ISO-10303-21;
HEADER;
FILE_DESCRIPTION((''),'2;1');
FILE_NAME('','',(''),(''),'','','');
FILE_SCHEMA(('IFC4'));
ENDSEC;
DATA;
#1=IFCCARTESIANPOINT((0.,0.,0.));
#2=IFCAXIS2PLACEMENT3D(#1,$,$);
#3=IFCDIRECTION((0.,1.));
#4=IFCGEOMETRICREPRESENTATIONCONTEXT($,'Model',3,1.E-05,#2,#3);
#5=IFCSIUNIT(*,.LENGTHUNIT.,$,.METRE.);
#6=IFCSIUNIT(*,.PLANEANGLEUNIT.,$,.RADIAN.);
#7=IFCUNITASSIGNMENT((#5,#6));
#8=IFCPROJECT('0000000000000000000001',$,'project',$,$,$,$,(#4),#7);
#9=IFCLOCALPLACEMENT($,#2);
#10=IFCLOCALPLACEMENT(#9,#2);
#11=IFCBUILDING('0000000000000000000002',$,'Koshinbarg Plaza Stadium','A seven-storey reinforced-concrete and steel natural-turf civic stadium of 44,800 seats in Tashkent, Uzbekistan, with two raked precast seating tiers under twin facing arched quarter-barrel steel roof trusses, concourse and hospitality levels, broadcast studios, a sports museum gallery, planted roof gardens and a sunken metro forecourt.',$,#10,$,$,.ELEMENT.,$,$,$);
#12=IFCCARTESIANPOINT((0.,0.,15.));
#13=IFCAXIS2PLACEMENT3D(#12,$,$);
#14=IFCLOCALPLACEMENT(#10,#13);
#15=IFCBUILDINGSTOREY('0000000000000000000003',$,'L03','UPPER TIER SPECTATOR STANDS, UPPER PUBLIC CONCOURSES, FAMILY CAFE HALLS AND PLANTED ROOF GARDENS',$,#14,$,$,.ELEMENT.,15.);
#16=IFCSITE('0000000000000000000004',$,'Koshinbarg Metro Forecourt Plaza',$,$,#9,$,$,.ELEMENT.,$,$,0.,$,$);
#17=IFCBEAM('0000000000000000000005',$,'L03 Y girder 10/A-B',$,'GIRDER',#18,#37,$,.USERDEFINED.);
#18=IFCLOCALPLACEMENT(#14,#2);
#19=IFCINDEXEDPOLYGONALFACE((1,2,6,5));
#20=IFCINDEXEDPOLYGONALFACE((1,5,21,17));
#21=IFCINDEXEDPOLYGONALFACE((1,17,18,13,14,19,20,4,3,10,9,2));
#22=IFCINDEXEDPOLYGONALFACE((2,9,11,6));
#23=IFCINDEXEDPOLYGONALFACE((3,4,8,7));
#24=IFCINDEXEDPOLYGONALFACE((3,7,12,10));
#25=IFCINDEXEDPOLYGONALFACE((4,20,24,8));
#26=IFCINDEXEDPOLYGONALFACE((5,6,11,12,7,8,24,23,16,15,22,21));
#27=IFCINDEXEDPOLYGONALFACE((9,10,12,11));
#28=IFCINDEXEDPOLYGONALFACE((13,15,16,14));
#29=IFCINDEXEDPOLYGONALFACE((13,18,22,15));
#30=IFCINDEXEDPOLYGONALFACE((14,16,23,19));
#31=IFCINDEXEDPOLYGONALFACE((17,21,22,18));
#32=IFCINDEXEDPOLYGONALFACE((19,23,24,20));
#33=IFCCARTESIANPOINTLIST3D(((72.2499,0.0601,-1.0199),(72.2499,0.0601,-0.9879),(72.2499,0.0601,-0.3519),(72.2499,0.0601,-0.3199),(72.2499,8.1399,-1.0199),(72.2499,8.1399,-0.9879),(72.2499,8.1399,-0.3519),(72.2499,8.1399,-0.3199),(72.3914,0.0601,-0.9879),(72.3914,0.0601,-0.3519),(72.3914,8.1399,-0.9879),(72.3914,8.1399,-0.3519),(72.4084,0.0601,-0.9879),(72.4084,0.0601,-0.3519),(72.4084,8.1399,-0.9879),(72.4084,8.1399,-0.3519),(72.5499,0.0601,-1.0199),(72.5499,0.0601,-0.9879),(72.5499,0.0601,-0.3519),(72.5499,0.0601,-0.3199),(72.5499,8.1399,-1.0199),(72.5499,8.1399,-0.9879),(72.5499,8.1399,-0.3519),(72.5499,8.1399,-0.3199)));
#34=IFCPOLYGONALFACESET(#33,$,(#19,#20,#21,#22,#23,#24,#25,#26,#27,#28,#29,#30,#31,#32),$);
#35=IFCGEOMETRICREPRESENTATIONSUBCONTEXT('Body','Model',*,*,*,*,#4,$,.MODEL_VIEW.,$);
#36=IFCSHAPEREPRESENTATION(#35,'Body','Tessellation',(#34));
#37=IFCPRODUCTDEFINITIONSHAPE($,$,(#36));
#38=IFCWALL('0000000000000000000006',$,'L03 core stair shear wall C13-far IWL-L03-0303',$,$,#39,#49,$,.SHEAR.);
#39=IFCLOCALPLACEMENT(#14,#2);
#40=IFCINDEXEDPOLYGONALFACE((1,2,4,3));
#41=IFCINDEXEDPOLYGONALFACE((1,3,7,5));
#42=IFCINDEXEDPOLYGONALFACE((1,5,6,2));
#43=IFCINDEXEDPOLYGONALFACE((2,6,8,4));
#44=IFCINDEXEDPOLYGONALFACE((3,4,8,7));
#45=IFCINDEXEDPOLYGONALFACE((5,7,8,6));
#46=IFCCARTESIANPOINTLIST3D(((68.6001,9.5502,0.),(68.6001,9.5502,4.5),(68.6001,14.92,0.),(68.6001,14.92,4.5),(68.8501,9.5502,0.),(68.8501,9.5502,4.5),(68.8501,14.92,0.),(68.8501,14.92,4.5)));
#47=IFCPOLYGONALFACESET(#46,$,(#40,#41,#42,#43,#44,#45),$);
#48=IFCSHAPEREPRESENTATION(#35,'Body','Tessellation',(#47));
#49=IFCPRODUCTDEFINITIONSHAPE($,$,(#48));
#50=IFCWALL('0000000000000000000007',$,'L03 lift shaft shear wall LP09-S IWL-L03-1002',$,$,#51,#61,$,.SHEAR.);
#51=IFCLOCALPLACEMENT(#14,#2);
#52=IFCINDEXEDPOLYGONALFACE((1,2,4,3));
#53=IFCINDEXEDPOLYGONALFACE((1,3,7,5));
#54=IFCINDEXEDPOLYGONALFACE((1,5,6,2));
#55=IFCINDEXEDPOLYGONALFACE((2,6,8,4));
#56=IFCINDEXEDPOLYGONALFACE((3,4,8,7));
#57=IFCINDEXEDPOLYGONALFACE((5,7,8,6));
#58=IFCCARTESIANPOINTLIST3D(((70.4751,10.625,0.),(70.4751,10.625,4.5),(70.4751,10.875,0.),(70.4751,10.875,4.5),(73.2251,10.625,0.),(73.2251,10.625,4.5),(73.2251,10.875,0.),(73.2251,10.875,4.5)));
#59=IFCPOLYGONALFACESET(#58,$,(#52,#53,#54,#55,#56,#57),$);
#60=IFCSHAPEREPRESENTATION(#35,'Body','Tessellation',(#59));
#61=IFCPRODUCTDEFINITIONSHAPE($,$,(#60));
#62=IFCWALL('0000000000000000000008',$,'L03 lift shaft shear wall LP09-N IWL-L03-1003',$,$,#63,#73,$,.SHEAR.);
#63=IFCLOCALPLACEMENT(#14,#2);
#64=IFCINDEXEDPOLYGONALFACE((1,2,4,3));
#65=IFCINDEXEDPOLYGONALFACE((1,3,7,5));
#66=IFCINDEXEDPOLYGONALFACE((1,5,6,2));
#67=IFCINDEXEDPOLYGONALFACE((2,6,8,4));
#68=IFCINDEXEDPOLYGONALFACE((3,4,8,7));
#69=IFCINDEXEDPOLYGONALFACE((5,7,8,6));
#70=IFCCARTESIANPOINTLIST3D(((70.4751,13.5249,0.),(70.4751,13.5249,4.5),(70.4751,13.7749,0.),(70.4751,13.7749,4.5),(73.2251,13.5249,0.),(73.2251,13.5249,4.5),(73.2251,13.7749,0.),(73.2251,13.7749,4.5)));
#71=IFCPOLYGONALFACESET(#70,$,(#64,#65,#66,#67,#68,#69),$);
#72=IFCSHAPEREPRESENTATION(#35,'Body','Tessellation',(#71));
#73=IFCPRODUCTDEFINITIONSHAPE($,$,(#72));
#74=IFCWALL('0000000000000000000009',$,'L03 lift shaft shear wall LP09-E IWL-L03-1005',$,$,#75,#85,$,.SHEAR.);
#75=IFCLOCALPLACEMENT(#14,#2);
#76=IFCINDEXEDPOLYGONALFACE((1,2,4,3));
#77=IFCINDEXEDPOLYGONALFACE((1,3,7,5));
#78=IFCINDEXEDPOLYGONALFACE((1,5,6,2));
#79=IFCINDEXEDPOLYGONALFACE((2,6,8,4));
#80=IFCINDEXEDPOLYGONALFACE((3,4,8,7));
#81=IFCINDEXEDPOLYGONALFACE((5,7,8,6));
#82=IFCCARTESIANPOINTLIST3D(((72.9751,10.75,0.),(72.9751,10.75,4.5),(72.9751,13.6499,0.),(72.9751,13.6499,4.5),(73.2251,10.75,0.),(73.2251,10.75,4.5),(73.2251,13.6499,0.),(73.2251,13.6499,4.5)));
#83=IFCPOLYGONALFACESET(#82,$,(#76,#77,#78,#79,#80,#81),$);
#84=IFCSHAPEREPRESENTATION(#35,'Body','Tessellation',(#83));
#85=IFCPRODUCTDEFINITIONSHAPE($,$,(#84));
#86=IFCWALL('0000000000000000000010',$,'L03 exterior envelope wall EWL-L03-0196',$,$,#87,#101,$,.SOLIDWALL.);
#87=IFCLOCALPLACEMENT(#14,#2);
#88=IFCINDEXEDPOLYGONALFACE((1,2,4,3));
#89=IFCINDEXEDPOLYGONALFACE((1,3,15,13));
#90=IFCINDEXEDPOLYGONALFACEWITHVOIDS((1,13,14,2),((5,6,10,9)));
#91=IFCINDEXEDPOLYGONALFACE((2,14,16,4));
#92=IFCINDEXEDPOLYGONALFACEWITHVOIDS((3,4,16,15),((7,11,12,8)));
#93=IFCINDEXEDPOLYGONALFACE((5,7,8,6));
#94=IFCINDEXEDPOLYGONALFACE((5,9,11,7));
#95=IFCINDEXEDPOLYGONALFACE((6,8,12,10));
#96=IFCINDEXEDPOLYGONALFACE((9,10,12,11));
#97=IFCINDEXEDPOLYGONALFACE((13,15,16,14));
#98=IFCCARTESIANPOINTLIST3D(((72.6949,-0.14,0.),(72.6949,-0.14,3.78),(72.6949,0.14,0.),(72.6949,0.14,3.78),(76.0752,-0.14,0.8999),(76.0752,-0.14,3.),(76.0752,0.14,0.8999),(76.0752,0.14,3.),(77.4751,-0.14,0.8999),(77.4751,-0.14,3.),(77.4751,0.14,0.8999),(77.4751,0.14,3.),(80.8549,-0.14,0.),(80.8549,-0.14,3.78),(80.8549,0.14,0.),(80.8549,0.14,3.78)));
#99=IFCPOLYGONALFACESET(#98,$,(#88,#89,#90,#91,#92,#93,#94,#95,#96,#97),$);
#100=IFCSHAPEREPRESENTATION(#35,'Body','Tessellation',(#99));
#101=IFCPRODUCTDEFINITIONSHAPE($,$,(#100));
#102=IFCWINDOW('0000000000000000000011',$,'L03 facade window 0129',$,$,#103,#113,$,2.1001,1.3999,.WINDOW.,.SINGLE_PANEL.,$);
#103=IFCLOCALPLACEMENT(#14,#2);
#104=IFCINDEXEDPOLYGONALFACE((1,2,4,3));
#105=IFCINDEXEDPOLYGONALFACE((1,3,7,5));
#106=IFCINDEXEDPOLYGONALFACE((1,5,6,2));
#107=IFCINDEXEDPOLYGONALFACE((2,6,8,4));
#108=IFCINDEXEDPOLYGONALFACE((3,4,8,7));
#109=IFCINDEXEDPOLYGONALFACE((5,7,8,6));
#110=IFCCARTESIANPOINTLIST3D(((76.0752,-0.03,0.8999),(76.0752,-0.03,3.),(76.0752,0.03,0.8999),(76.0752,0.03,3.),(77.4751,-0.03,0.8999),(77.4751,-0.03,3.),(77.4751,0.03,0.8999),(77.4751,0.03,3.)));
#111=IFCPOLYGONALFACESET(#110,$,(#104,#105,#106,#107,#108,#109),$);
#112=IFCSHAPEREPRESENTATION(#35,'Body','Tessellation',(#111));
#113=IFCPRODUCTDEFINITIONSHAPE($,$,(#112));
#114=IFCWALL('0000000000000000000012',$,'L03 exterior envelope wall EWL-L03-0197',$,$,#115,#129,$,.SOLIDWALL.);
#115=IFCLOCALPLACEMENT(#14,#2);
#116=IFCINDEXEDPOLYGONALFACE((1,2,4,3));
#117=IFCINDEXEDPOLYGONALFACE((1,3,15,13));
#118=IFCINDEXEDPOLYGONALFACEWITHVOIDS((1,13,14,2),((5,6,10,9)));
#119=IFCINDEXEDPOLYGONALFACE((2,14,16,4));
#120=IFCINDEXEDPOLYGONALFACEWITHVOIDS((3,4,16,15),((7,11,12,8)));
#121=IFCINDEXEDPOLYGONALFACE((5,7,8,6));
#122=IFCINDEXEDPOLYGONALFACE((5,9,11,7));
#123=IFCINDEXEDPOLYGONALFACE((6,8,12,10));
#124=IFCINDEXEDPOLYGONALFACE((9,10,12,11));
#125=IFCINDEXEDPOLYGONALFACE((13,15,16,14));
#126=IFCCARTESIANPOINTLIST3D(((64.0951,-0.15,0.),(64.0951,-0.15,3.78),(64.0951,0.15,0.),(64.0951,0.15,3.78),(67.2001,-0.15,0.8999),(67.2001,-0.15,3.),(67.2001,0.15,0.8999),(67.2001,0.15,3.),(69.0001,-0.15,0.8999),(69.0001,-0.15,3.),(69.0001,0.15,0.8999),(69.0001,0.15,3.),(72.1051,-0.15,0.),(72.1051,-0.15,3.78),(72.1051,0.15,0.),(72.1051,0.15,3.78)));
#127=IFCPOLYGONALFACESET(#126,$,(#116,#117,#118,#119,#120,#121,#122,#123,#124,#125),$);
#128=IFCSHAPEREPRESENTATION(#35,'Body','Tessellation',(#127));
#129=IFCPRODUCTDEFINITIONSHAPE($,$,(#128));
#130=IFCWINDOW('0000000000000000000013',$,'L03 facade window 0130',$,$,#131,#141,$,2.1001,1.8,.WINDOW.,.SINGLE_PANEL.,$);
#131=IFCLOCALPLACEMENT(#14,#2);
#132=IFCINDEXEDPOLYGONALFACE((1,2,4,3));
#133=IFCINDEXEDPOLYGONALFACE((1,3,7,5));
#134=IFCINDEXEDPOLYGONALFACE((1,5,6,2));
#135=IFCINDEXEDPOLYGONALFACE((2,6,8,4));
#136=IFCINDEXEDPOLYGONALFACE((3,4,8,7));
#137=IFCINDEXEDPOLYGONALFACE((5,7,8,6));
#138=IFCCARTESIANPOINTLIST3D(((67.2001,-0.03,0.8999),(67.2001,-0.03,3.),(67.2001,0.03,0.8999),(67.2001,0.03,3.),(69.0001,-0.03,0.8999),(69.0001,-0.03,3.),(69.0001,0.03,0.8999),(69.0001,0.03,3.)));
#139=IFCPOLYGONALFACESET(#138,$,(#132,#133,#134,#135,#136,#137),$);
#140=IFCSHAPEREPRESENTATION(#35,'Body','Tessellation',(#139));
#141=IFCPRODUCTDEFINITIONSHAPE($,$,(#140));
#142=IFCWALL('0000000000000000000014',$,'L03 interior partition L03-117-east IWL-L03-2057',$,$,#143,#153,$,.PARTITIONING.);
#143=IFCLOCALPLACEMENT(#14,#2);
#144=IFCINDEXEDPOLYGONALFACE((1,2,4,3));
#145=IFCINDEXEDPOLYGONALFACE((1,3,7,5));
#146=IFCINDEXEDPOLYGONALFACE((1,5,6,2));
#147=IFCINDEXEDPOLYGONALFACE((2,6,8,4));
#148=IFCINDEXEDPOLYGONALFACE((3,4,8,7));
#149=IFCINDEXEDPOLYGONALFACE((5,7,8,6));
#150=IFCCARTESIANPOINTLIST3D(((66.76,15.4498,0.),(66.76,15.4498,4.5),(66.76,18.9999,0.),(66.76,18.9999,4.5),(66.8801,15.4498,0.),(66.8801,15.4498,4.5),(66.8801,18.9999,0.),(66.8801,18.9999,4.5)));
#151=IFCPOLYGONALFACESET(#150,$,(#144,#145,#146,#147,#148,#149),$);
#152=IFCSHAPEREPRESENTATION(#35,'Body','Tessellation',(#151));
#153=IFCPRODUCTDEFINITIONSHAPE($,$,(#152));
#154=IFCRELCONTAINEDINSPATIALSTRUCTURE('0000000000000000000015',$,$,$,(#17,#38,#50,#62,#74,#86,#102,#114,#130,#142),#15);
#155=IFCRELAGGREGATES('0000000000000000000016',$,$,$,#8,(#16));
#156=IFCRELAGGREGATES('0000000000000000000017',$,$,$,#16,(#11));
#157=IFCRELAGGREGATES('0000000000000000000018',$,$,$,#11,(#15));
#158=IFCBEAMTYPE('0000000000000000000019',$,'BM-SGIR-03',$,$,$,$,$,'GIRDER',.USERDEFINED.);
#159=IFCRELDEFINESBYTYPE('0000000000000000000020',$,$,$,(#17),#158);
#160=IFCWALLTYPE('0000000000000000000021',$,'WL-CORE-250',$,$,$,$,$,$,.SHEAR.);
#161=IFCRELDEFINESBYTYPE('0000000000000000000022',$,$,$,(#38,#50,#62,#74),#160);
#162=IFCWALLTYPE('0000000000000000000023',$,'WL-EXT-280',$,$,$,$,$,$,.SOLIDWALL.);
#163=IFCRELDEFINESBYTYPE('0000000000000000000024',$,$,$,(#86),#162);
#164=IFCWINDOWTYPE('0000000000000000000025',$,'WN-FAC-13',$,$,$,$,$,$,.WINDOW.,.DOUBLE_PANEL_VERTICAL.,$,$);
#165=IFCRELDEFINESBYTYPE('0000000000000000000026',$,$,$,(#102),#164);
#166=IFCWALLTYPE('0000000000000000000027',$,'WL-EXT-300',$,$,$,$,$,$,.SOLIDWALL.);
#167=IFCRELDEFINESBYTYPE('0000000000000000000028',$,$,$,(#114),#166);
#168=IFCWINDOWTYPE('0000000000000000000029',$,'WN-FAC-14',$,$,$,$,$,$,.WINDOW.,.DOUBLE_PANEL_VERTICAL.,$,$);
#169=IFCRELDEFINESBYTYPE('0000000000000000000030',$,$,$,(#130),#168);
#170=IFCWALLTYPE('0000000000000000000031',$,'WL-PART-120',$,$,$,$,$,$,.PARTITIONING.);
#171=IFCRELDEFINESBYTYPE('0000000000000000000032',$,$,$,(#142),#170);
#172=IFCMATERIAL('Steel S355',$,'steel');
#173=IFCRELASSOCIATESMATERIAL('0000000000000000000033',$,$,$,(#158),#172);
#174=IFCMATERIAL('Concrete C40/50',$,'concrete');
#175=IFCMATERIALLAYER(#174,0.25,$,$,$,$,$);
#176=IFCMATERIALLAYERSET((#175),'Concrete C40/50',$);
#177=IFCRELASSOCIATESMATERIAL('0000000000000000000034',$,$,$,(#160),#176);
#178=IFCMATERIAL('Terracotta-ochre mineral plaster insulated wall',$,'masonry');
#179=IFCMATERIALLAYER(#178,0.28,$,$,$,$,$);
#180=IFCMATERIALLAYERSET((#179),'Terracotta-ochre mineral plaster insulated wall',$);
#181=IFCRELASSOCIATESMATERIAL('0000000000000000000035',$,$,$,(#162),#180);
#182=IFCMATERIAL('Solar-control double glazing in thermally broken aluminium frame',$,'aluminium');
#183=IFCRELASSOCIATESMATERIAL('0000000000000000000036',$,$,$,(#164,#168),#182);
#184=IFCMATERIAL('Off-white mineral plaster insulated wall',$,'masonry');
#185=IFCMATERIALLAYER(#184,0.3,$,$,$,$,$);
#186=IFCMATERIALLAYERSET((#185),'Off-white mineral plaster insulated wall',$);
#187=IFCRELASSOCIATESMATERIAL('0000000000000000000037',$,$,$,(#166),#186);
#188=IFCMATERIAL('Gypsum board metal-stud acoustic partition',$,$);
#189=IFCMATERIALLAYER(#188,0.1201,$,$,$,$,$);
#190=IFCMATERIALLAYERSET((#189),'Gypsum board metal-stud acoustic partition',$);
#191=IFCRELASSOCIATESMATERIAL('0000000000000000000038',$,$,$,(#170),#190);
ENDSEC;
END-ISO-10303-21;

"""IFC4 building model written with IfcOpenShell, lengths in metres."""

from ifc_helpers import new_model, si_unit, direction, frame, frame_2d, origin, origin_2d, place, context, subcontext, project, spatial, rectangle, i_section, extrude, material, layer, layer_set, material_profile, profile_set, type_object, element, fill, save


model = new_model("IFC4")

# Units and contexts
model_context = context("Model", 3, precision=1e-05, world=origin(), true_north=direction((0.0, 1.0)))
body_context = subcontext(model_context, "Body", "Model", "MODEL_VIEW")
ifc_project = project(units=[si_unit("LENGTHUNIT", "METRE"), si_unit("PLANEANGLEUNIT", "RADIAN")], contexts=[model_context])

# Site, building, storey
site_placement = place(None, origin())
site = spatial("IfcSite", under=ifc_project, at=site_placement, Name="Koshinbarg Metro Forecourt Plaza", CompositionType="ELEMENT", RefElevation=0.0)
building_placement = place(site_placement, origin())
building = spatial("IfcBuilding", under=site, at=building_placement, Name="Koshinbarg Plaza Stadium", Description="A seven-storey reinforced-concrete and steel natural-turf civic stadium of 44,800 seats in Tashkent, Uzbekistan, with two raked precast seating tiers under twin facing arched quarter-barrel steel roof trusses, concourse and hospitality levels, broadcast studios, a sports museum gallery, planted roof gardens and a sunken metro forecourt.", CompositionType="ELEMENT")
storey_placement = place(building_placement, frame((0.0, 0.0, 15.0)))
storey = spatial("IfcBuildingStorey", under=building, at=storey_placement, Name="L03", Description="UPPER TIER SPECTATOR STANDS, UPPER PUBLIC CONCOURSES, FAMILY CAFE HALLS AND PLANTED ROOF GARDENS", CompositionType="ELEMENT", Elevation=15.0)

# Shared definitions
ifc_material_1 = material(Name="Concrete C40/50", Category="concrete")

# Beam
ifc_material_2 = material(Name="Steel S355", Category="steel")
ifc_material_profile_1 = material_profile(ifc_material_2, i_section(OverallWidth=0.3, OverallDepth=0.7, WebThickness=0.0171, FlangeThickness=0.032, at=origin_2d()), Name="HEB 700")
ifc_profile_set_1 = profile_set([ifc_material_profile_1], Name="Steel S355")
beam_type_1 = type_object("IfcBeamType", Name="BM-SGIR-03", ElementType="GIRDER", PredefinedType="USERDEFINED", material=ifc_profile_set_1)
beam_1_placement = place(storey_placement, frame((72.3999, 0.0601, -0.6699), z_axis=(0.0, 1.0, 0.0), x_axis=(-1.0, 0.0, 0.0)))
element("IfcBeam", 1, at=beam_1_placement, inside=storey, type_object=beam_type_1, Name="L03 Y girder 10/A-B", ObjectType="GIRDER", PredefinedType="USERDEFINED", context=body_context, shape_type="SweptSolid", body=[
    extrude(i_section(OverallWidth=0.3, OverallDepth=0.7, WebThickness=0.0171, FlangeThickness=0.032, at=origin_2d()), origin(), (0.0, 0.0, 1.0), 8.0798),
])

# Walls
ifc_layer_1 = layer(ifc_material_1, 0.25)
ifc_layer_set_1 = layer_set([ifc_layer_1], Name="Concrete C40/50")
wall_type_1 = type_object("IfcWallType", Name="WL-CORE-250", PredefinedType="SHEAR", material=ifc_layer_set_1)
wall_1_placement = place(storey_placement, frame((68.7251, 9.55, 0.0), z_axis=(0.0, 0.0, 1.0), x_axis=(0.0, 1.0, 0.0)))
element("IfcWall", 2, at=wall_1_placement, inside=storey, type_object=wall_type_1, Name="L03 core stair shear wall C13-far IWL-L03-0303", PredefinedType="SHEAR", context=body_context, shape_type="SweptSolid", body=[
    extrude(rectangle(XDim=5.3699, YDim=0.25, at=frame_2d((2.6851, 0.0))), origin(), (0.0, 0.0, 1.0), 4.5),
])
for number, where, z_axis, x_axis, name in (
    (3, (70.4751, 10.75, 0.0), (0.0, 0.0, 1.0), (1.0, 0.0, 0.0), "L03 lift shaft shear wall LP09-S IWL-L03-1002"),
    (4, (73.2251, 13.6499, 0.0), (0.0, 0.0, 1.0), (-1.0, 0.0, 0.0), "L03 lift shaft shear wall LP09-N IWL-L03-1003"),
):
    element("IfcWall", number, at=place(storey_placement, frame(where, z_axis=z_axis, x_axis=x_axis)), inside=storey, type_object=wall_type_1, Name=name, PredefinedType="SHEAR", context=body_context, shape_type="SweptSolid", body=[
        extrude(rectangle(XDim=2.75, YDim=0.25, at=frame_2d((1.375, 0.0))), origin(), (0.0, 0.0, 1.0), 4.5),
    ])

# Wall
wall_2_placement = place(storey_placement, frame((73.1001, 10.75, 0.0), z_axis=(0.0, 0.0, 1.0), x_axis=(0.0, 1.0, 0.0)))
element("IfcWall", 5, at=wall_2_placement, inside=storey, type_object=wall_type_1, Name="L03 lift shaft shear wall LP09-E IWL-L03-1005", PredefinedType="SHEAR", context=body_context, shape_type="SweptSolid", body=[
    extrude(rectangle(XDim=2.8999, YDim=0.25, at=frame_2d((1.45, 0.0))), origin(), (0.0, 0.0, 1.0), 4.5),
])

# Walls, openings, windows
ifc_material_3 = material(Name="Terracotta-ochre mineral plaster insulated wall", Category="masonry")
ifc_layer_2 = layer(ifc_material_3, 0.28)
ifc_layer_set_2 = layer_set([ifc_layer_2], Name="Terracotta-ochre mineral plaster insulated wall")
wall_type_2 = type_object("IfcWallType", Name="WL-EXT-280", PredefinedType="SOLIDWALL", material=ifc_layer_set_2)
wall_3_placement = place(storey_placement, frame((80.855, 0.0, 0.0), z_axis=(0.0, 0.0, 1.0), x_axis=(-1.0, 0.0, 0.0)))
wall_3 = element("IfcWall", 6, at=wall_3_placement, inside=storey, type_object=wall_type_2, Name="L03 exterior envelope wall EWL-L03-0196", PredefinedType="SOLIDWALL", context=body_context, shape_type="SweptSolid", body=[
    extrude(rectangle(XDim=8.1599, YDim=0.28, at=frame_2d((4.0801, 0.0))), origin(), (0.0, 0.0, 1.0), 3.78),
])
opening_1_placement = place(wall_3_placement, frame((3.3799, 0.0, 0.8999)))
opening_1 = element("IfcOpeningElement", 7, at=opening_1_placement, cuts=wall_3, PredefinedType="OPENING", context=body_context, shape_type="SweptSolid", body=[
    extrude(rectangle(XDim=1.3999, YDim=2.1001, at=frame_2d((0.7, 1.05))), frame((0.0, 0.1499, 0.0), z_axis=(0.0, -1.0, 0.0), x_axis=(1.0, 0.0, 0.0)), (0.0, 0.0, 1.0), 0.3),
])
ifc_material_4 = material(Name="Solar-control double glazing in thermally broken aluminium frame", Category="aluminium")
window_type_1 = type_object("IfcWindowType", Name="WN-FAC-13", PartitioningType="DOUBLE_PANEL_VERTICAL", PredefinedType="WINDOW", material=ifc_material_4)
window_1_placement = place(opening_1_placement, origin())
window_1 = element("IfcWindow", 8, at=window_1_placement, inside=storey, type_object=window_type_1, Name="L03 facade window 0129", OverallHeight=2.1001, OverallWidth=1.3999, PartitioningType="SINGLE_PANEL", PredefinedType="WINDOW", context=body_context, shape_type="SweptSolid", body=[
    extrude(rectangle(XDim=1.3999, YDim=2.1001, at=frame_2d((0.7, 1.05))), frame((0.0, 0.03, 0.0), z_axis=(0.0, -1.0, 0.0), x_axis=(1.0, 0.0, 0.0)), (0.0, 0.0, 1.0), 0.0601),
])
fill(opening_1, window_1)
ifc_material_5 = material(Name="Off-white mineral plaster insulated wall", Category="masonry")
ifc_layer_3 = layer(ifc_material_5, 0.3)
ifc_layer_set_3 = layer_set([ifc_layer_3], Name="Off-white mineral plaster insulated wall")
wall_type_3 = type_object("IfcWallType", Name="WL-EXT-300", PredefinedType="SOLIDWALL", material=ifc_layer_set_3)
wall_4_placement = place(storey_placement, frame((72.105, 0.0, 0.0), z_axis=(0.0, 0.0, 1.0), x_axis=(-1.0, 0.0, 0.0)))
wall_4 = element("IfcWall", 9, at=wall_4_placement, inside=storey, type_object=wall_type_3, Name="L03 exterior envelope wall EWL-L03-0197", PredefinedType="SOLIDWALL", context=body_context, shape_type="SweptSolid", body=[
    extrude(rectangle(XDim=8.01, YDim=0.3, at=frame_2d((4.0049, 0.0))), origin(), (0.0, 0.0, 1.0), 3.78),
])
opening_2_placement = place(wall_4_placement, frame((3.105, 0.0, 0.8999)))
opening_2 = element("IfcOpeningElement", 10, at=opening_2_placement, cuts=wall_4, PredefinedType="OPENING", context=body_context, shape_type="SweptSolid", body=[
    extrude(rectangle(XDim=1.8, YDim=2.1001, at=frame_2d((0.8999, 1.05))), frame((0.0, 0.1599, 0.0), z_axis=(0.0, -1.0, 0.0), x_axis=(1.0, 0.0, 0.0)), (0.0, 0.0, 1.0), 0.3201),
])
window_type_2 = type_object("IfcWindowType", Name="WN-FAC-14", PartitioningType="DOUBLE_PANEL_VERTICAL", PredefinedType="WINDOW", material=ifc_material_4)
window_2_placement = place(opening_2_placement, origin())
window_2 = element("IfcWindow", 11, at=window_2_placement, inside=storey, type_object=window_type_2, Name="L03 facade window 0130", OverallHeight=2.1001, OverallWidth=1.8, PartitioningType="SINGLE_PANEL", PredefinedType="WINDOW", context=body_context, shape_type="SweptSolid", body=[
    extrude(rectangle(XDim=1.8, YDim=2.1001, at=frame_2d((0.8999, 1.05))), frame((0.0, 0.03, 0.0), z_axis=(0.0, -1.0, 0.0), x_axis=(1.0, 0.0, 0.0)), (0.0, 0.0, 1.0), 0.0601),
])
fill(opening_2, window_2)

# Wall
ifc_material_6 = material(Name="Gypsum board metal-stud acoustic partition")
ifc_layer_4 = layer(ifc_material_6, 0.1201)
ifc_layer_set_4 = layer_set([ifc_layer_4], Name="Gypsum board metal-stud acoustic partition")
wall_type_4 = type_object("IfcWallType", Name="WL-PART-120", PredefinedType="PARTITIONING", material=ifc_layer_set_4)
wall_5_placement = place(storey_placement, frame((66.8201, 15.45, 0.0), z_axis=(0.0, 0.0, 1.0), x_axis=(0.0, 1.0, 0.0)))
element("IfcWall", 12, at=wall_5_placement, inside=storey, type_object=wall_type_4, Name="L03 interior partition L03-117-east IWL-L03-2057", PredefinedType="PARTITIONING", context=body_context, shape_type="SweptSolid", body=[
    extrude(rectangle(XDim=3.55, YDim=0.1201, at=frame_2d((1.7749, 0.0))), origin(), (0.0, 0.0, 1.0), 4.5),
])

save(model, "model.ifc")
